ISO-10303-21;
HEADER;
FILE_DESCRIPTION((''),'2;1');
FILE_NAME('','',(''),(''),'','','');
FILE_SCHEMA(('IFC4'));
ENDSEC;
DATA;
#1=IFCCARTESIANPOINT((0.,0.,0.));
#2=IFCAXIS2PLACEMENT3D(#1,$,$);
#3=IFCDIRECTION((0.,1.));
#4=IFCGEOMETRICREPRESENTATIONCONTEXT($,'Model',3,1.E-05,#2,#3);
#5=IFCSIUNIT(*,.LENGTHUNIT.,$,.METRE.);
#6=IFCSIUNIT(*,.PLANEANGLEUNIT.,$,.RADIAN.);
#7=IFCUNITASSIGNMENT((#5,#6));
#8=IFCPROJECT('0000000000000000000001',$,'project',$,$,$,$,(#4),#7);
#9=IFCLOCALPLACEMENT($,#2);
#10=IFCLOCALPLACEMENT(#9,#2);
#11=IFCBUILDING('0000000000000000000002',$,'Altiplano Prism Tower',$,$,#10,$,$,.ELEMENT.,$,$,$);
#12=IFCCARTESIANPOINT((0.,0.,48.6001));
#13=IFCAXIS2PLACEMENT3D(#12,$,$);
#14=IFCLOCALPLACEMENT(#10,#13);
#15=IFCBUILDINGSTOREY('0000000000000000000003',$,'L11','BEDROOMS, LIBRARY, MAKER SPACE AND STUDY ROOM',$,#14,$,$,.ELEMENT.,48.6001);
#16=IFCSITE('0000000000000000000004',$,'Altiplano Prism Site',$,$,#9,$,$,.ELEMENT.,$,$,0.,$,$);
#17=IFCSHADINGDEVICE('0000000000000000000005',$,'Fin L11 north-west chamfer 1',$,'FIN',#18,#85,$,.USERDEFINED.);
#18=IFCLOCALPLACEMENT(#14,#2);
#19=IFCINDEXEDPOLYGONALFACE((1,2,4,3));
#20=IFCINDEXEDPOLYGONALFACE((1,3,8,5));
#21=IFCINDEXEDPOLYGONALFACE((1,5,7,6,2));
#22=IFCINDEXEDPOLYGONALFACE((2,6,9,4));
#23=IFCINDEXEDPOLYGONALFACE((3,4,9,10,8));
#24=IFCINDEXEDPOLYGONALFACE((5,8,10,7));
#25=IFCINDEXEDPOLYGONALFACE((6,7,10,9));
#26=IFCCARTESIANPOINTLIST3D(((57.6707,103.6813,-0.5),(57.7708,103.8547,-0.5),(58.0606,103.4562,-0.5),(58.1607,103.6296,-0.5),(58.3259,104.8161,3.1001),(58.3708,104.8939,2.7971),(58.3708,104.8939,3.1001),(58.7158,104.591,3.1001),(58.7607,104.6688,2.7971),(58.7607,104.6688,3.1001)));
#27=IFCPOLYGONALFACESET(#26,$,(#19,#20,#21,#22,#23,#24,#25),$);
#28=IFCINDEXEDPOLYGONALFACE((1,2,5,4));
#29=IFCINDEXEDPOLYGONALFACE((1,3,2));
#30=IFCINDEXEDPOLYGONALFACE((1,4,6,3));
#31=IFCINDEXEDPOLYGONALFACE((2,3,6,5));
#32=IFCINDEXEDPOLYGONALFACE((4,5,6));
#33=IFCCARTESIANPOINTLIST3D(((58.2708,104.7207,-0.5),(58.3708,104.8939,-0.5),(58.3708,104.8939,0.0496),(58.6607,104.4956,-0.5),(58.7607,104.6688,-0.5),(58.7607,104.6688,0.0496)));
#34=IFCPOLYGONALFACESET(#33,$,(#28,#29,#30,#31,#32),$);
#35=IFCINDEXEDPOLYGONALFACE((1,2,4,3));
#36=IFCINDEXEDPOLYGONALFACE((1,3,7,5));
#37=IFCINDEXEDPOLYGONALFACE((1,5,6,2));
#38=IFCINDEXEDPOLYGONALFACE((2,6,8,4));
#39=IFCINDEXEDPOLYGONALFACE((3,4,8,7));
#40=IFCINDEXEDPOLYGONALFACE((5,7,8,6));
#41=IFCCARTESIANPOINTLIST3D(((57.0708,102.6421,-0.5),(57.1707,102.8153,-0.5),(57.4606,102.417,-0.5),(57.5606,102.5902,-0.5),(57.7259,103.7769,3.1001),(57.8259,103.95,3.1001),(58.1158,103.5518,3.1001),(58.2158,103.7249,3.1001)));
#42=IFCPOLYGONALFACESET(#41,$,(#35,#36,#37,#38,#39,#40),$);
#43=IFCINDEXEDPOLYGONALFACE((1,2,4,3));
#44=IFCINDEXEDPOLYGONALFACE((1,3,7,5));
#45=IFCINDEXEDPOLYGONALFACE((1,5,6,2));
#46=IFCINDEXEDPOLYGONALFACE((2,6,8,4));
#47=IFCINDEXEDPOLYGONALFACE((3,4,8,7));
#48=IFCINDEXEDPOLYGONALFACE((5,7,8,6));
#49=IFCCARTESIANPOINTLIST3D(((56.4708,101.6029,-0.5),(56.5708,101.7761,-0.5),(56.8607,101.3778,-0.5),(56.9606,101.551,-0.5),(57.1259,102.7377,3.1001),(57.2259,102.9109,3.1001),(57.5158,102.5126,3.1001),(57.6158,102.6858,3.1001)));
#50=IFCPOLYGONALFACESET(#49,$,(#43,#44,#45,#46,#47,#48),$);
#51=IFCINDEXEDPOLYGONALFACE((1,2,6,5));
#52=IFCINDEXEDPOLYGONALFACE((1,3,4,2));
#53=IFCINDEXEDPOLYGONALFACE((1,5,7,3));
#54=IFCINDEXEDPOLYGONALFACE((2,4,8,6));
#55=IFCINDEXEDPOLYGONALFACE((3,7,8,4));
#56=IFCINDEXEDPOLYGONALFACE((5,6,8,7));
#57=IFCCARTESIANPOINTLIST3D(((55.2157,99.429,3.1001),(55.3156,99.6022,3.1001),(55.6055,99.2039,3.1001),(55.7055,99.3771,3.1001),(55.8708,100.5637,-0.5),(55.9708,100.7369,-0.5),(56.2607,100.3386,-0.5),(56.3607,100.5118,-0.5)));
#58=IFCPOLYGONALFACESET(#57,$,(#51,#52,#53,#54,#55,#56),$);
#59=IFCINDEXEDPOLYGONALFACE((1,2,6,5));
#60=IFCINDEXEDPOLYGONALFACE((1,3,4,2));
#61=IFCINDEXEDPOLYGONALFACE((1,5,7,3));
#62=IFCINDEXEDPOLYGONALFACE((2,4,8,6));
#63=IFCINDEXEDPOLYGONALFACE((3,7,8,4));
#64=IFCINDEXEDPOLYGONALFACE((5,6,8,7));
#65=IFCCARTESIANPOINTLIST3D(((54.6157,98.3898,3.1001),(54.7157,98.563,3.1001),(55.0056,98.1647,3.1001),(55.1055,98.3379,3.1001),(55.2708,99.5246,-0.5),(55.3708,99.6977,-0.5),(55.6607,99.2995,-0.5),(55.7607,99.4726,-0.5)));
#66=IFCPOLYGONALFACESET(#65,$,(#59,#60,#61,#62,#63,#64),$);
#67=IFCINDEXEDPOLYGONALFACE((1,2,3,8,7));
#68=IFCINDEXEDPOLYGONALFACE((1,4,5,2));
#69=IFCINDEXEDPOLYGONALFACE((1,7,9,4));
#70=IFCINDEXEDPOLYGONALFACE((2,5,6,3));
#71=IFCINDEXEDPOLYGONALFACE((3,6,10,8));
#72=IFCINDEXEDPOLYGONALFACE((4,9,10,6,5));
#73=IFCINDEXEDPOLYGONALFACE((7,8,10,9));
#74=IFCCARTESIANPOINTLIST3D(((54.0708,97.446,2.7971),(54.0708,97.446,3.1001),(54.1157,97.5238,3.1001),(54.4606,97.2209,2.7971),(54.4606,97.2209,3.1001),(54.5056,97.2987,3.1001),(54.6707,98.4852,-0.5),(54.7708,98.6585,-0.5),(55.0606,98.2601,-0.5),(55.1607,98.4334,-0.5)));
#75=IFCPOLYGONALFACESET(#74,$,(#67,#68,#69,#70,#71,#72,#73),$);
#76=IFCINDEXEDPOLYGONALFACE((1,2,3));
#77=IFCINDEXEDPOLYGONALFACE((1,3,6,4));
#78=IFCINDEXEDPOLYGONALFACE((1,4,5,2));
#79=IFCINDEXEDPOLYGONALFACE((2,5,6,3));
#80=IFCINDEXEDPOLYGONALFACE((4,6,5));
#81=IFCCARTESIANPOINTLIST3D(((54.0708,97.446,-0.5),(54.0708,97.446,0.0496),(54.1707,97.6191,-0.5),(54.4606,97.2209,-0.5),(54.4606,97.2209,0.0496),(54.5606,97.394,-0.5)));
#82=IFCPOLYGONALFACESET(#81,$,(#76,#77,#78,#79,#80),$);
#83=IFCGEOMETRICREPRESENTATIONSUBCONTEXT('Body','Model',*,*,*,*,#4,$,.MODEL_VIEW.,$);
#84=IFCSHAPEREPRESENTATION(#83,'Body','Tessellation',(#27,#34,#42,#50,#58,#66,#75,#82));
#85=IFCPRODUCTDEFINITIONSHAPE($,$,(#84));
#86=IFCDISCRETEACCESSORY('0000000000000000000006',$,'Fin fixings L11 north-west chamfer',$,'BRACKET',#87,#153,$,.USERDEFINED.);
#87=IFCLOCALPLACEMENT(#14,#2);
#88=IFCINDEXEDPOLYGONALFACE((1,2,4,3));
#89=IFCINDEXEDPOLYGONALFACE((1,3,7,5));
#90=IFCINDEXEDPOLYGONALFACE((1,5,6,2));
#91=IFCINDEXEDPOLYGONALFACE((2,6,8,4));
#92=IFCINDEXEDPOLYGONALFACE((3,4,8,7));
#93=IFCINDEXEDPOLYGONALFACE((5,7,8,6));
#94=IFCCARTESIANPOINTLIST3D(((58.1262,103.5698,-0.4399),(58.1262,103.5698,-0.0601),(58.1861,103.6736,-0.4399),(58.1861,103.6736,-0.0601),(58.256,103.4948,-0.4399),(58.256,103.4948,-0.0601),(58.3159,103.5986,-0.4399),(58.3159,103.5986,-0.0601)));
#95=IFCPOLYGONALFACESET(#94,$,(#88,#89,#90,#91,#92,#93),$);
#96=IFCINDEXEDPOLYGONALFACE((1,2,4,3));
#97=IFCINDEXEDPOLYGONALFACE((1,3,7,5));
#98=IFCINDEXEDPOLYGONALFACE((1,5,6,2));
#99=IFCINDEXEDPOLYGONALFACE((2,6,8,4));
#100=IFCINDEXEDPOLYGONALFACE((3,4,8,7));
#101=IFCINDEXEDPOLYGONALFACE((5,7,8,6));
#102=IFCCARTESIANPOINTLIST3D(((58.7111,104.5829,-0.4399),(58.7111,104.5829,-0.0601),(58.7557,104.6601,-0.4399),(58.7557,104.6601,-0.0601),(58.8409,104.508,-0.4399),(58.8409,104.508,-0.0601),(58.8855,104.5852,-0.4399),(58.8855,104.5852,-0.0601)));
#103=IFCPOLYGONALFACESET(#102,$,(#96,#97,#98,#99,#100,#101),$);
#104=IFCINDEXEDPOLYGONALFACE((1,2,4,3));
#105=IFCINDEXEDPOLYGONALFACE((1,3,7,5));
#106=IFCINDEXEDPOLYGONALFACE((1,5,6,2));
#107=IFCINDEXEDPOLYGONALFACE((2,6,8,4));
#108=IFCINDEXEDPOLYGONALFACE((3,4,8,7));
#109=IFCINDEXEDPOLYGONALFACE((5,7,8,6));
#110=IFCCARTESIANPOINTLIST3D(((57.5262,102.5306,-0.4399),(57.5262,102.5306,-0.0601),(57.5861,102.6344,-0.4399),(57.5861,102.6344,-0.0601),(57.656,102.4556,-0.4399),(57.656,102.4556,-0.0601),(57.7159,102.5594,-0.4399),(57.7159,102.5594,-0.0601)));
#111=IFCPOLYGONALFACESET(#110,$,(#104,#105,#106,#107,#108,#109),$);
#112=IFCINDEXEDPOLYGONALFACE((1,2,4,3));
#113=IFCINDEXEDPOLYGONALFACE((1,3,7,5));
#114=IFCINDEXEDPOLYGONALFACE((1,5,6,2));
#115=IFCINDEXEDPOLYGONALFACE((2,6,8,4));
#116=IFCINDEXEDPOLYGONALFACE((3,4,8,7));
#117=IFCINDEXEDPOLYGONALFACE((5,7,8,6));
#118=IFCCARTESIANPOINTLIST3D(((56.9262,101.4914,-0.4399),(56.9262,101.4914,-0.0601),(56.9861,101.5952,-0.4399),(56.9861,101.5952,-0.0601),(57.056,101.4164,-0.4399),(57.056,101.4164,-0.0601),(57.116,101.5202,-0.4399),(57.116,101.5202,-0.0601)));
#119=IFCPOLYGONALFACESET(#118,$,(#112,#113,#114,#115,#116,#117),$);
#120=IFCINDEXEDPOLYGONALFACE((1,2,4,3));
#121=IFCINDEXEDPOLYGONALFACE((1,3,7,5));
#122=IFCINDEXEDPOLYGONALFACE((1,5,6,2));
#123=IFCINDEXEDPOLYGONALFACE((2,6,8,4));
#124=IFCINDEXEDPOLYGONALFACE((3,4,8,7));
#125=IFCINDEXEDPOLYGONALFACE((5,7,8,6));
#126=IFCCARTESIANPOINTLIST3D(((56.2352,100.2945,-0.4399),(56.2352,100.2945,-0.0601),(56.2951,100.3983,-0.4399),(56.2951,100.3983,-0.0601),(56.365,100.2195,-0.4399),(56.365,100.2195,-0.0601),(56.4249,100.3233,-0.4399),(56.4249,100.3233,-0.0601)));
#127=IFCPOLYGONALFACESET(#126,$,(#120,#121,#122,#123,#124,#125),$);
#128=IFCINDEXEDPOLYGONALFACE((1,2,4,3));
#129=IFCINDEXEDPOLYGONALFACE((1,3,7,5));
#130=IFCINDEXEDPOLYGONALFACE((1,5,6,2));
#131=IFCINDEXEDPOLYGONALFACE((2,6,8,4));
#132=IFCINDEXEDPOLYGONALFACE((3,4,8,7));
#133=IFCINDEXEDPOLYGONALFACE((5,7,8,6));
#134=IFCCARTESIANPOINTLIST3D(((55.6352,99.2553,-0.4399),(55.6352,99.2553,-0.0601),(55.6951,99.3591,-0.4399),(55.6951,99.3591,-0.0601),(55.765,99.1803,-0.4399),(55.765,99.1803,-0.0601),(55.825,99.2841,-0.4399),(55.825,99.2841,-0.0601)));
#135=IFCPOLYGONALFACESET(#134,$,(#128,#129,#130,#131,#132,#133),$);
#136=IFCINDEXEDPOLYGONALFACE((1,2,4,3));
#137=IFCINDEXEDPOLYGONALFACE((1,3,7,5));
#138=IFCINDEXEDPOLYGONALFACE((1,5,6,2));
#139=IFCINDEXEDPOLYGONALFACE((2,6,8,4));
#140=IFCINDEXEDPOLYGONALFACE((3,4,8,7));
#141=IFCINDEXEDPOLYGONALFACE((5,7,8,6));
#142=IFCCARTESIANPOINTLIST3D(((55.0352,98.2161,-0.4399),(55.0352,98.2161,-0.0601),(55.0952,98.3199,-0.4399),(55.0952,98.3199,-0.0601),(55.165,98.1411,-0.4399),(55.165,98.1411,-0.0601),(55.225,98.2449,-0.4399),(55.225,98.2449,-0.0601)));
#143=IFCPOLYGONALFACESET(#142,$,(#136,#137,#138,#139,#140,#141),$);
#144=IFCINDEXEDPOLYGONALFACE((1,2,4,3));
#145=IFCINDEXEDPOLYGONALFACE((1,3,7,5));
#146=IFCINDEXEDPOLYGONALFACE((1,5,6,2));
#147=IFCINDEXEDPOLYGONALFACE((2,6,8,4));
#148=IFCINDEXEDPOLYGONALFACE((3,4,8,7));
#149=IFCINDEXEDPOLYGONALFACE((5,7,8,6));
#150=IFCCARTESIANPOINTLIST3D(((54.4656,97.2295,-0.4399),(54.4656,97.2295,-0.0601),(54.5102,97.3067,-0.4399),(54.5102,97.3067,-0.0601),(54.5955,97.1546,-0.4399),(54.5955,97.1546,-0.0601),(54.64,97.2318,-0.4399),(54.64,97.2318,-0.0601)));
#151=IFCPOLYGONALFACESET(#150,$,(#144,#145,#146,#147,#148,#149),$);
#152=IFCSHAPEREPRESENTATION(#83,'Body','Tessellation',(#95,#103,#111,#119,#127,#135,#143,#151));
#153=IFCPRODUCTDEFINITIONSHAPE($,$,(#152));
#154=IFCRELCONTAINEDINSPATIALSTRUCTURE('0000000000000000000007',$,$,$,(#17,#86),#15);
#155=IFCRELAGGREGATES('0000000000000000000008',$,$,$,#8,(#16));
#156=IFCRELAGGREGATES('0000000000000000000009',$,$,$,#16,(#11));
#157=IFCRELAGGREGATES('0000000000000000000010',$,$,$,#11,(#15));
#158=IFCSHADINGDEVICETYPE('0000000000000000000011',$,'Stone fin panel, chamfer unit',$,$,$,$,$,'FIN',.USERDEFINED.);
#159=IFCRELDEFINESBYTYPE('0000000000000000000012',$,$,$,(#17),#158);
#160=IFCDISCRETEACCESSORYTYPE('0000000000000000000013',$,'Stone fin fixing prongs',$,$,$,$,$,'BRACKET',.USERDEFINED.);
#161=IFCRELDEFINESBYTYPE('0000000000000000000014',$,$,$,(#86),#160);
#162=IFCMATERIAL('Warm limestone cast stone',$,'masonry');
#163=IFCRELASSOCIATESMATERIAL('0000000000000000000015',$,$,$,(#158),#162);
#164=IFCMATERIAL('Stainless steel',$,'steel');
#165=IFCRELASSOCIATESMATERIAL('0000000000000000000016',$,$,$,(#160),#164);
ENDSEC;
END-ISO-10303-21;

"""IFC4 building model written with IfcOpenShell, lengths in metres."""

from ifc_helpers import new_model, si_unit, direction, frame, origin, place, context, subcontext, project, spatial, polyline, outline, extrude, source, transform, mapped, material, type_object, element, save


model = new_model("IFC4")

# Units and contexts
model_context = context("Model", 3, precision=1e-05, world=origin(), true_north=direction((0.0, 1.0)))
body_context = subcontext(model_context, "Body", "Model", "MODEL_VIEW")
ifc_project = project(units=[si_unit("LENGTHUNIT", "METRE"), si_unit("PLANEANGLEUNIT", "RADIAN")], contexts=[model_context])

# Site, building, storey
site_placement = place(None, origin())
site = spatial("IfcSite", under=ifc_project, at=site_placement, Name="Altiplano Prism Site", CompositionType="ELEMENT", RefElevation=0.0)
building_placement = place(site_placement, origin())
building = spatial("IfcBuilding", under=site, at=building_placement, Name="Altiplano Prism Tower", CompositionType="ELEMENT")
storey_placement = place(building_placement, frame((0.0, 0.0, 48.6001)))
storey = spatial("IfcBuildingStorey", under=building, at=storey_placement, Name="L11", Description="BEDROOMS, LIBRARY, MAKER SPACE AND STUDY ROOM", CompositionType="ELEMENT", Elevation=48.6001)

# Shading device
ifc_material_1 = material(Name="Warm limestone cast stone", Category="masonry")
shading_device_type_1 = type_object("IfcShadingDeviceType", Name="Stone fin panel, chamfer unit", ElementType="FIN", PredefinedType="USERDEFINED", material=ifc_material_1)
shared_shape_1 = source(origin(), body_context, "Body", "SweptSolid", [
    extrude(outline(polyline([(-4.3, 3.6001), (-4.3, 3.2971), (-3.1001, 0.0), (-2.8999, 0.0), (-4.2102, 3.6001), (-4.3, 3.6001)])), frame((0.0, -0.1499, 0.0), z_axis=(0.0, -1.0, 0.0), x_axis=(1.0, 0.0, 0.0)), (0.0, 0.0, 1.0), 0.4502),
    extrude(outline(polyline([(-4.3, 0.5496), (-4.3, 0.0), (-4.1001, 0.0), (-4.3, 0.5496)])), frame((0.0, -0.1499, 0.0), z_axis=(0.0, -1.0, 0.0), x_axis=(1.0, 0.0, 0.0)), (0.0, 0.0, 1.0), 0.4502),
    extrude(outline(polyline([(-3.2102, 3.6001), (-1.8999, 0.0), (-1.7, 0.0), (-3.0103, 3.6001), (-3.2102, 3.6001)])), frame((0.0, -0.1499, 0.0), z_axis=(0.0, -1.0, 0.0), x_axis=(1.0, 0.0, 0.0)), (0.0, 0.0, 1.0), 0.4502),
    extrude(outline(polyline([(-2.0103, 3.6001), (-0.7, 0.0), (-0.5, 0.0), (-1.8103, 3.6001), (-2.0103, 3.6001)])), frame((0.0, -0.1499, 0.0), z_axis=(0.0, -1.0, 0.0), x_axis=(1.0, 0.0, 0.0)), (0.0, 0.0, 1.0), 0.4502),
    extrude(outline(polyline([(1.8103, 3.6001), (0.5, 0.0), (0.7, 0.0), (2.0103, 3.6001), (1.8103, 3.6001)])), frame((0.0, -0.1499, 0.0), z_axis=(0.0, -1.0, 0.0), x_axis=(1.0, 0.0, 0.0)), (0.0, 0.0, 1.0), 0.4502),
    extrude(outline(polyline([(3.0103, 3.6001), (1.7, 0.0), (1.8999, 0.0), (3.2102, 3.6001), (3.0103, 3.6001)])), frame((0.0, -0.1499, 0.0), z_axis=(0.0, -1.0, 0.0), x_axis=(1.0, 0.0, 0.0)), (0.0, 0.0, 1.0), 0.4502),
    extrude(outline(polyline([(4.2102, 3.6001), (2.8999, 0.0), (3.1001, 0.0), (4.3, 3.2971), (4.3, 3.6001), (4.2102, 3.6001)])), frame((0.0, -0.1499, 0.0), z_axis=(0.0, -1.0, 0.0), x_axis=(1.0, 0.0, 0.0)), (0.0, 0.0, 1.0), 0.4502),
    extrude(outline(polyline([(4.3, 0.0), (4.3, 0.5496), (4.1001, 0.0), (4.3, 0.0)])), frame((0.0, -0.1499, 0.0), z_axis=(0.0, -1.0, 0.0), x_axis=(1.0, 0.0, 0.0)), (0.0, 0.0, 1.0), 0.4502),
])
shading_device_1_placement = place(storey_placement, origin())
element("IfcShadingDevice", 1, at=shading_device_1_placement, inside=storey, type_object=shading_device_type_1, Name="Fin L11 north-west chamfer 1", ObjectType="FIN", PredefinedType="USERDEFINED", context=body_context, shape_type="MappedRepresentation", body=[
    mapped(shared_shape_1, transform((56.7405, 100.8699, -0.5), x_axis=(-0.5, -0.866025, 0.0), y_axis=(0.866025, -0.5, 0.0), z_axis=(0.0, 0.0, 1.0))),
])

# Discrete accessory
ifc_material_2 = material(Name="Stainless steel", Category="steel")
discrete_accessory_type = type_object("IfcDiscreteAccessoryType", Name="Stone fin fixing prongs", ElementType="BRACKET", PredefinedType="USERDEFINED", material=ifc_material_2)
shared_shape_2 = source(origin(), body_context, "Body", "SweptSolid", [
    extrude(outline(polyline([(-3.1509, 0.0601), (-3.031, 0.0601), (-3.031, 0.4399), (-3.1509, 0.4399), (-3.1509, 0.0601)])), frame((0.0, 0.0, 0.0), z_axis=(0.0, -1.0, 0.0), x_axis=(1.0, 0.0, 0.0)), (0.0, 0.0, 1.0), 0.1499),
    extrude(outline(polyline([(-4.29, 0.0601), (-4.2009, 0.0601), (-4.2009, 0.4399), (-4.29, 0.4399), (-4.29, 0.0601)])), frame((0.0, 0.0, 0.0), z_axis=(0.0, -1.0, 0.0), x_axis=(1.0, 0.0, 0.0)), (0.0, 0.0, 1.0), 0.1499),
    extrude(outline(polyline([(-1.9509, 0.0601), (-1.8311, 0.0601), (-1.8311, 0.4399), (-1.9509, 0.4399), (-1.9509, 0.0601)])), frame((0.0, 0.0, 0.0), z_axis=(0.0, -1.0, 0.0), x_axis=(1.0, 0.0, 0.0)), (0.0, 0.0, 1.0), 0.1499),
    extrude(outline(polyline([(-0.751, 0.0601), (-0.6311, 0.0601), (-0.6311, 0.4399), (-0.751, 0.4399), (-0.751, 0.0601)])), frame((0.0, 0.0, 0.0), z_axis=(0.0, -1.0, 0.0), x_axis=(1.0, 0.0, 0.0)), (0.0, 0.0, 1.0), 0.1499),
    extrude(outline(polyline([(0.6311, 0.0601), (0.751, 0.0601), (0.751, 0.4399), (0.6311, 0.4399), (0.6311, 0.0601)])), frame((0.0, 0.0, 0.0), z_axis=(0.0, -1.0, 0.0), x_axis=(1.0, 0.0, 0.0)), (0.0, 0.0, 1.0), 0.1499),
    extrude(outline(polyline([(1.8311, 0.0601), (1.9509, 0.0601), (1.9509, 0.4399), (1.8311, 0.4399), (1.8311, 0.0601)])), frame((0.0, 0.0, 0.0), z_axis=(0.0, -1.0, 0.0), x_axis=(1.0, 0.0, 0.0)), (0.0, 0.0, 1.0), 0.1499),
    extrude(outline(polyline([(3.031, 0.0601), (3.1509, 0.0601), (3.1509, 0.4399), (3.031, 0.4399), (3.031, 0.0601)])), frame((0.0, 0.0, 0.0), z_axis=(0.0, -1.0, 0.0), x_axis=(1.0, 0.0, 0.0)), (0.0, 0.0, 1.0), 0.1499),
    extrude(outline(polyline([(4.2009, 0.0601), (4.29, 0.0601), (4.29, 0.4399), (4.2009, 0.4399), (4.2009, 0.0601)])), frame((0.0, 0.0, 0.0), z_axis=(0.0, -1.0, 0.0), x_axis=(1.0, 0.0, 0.0)), (0.0, 0.0, 1.0), 0.1499),
])
discrete_accessory_1_placement = place(storey_placement, origin())
element("IfcDiscreteAccessory", 2, at=discrete_accessory_1_placement, inside=storey, type_object=discrete_accessory_type, Name="Fin fixings L11 north-west chamfer", ObjectType="BRACKET", PredefinedType="USERDEFINED", context=body_context, shape_type="MappedRepresentation", body=[
    mapped(shared_shape_2, transform((56.7405, 100.8699, -0.5), x_axis=(-0.5, -0.866025, 0.0), y_axis=(0.866025, -0.5, 0.0), z_axis=(0.0, 0.0, 1.0))),
])

save(model, "model.ifc")
